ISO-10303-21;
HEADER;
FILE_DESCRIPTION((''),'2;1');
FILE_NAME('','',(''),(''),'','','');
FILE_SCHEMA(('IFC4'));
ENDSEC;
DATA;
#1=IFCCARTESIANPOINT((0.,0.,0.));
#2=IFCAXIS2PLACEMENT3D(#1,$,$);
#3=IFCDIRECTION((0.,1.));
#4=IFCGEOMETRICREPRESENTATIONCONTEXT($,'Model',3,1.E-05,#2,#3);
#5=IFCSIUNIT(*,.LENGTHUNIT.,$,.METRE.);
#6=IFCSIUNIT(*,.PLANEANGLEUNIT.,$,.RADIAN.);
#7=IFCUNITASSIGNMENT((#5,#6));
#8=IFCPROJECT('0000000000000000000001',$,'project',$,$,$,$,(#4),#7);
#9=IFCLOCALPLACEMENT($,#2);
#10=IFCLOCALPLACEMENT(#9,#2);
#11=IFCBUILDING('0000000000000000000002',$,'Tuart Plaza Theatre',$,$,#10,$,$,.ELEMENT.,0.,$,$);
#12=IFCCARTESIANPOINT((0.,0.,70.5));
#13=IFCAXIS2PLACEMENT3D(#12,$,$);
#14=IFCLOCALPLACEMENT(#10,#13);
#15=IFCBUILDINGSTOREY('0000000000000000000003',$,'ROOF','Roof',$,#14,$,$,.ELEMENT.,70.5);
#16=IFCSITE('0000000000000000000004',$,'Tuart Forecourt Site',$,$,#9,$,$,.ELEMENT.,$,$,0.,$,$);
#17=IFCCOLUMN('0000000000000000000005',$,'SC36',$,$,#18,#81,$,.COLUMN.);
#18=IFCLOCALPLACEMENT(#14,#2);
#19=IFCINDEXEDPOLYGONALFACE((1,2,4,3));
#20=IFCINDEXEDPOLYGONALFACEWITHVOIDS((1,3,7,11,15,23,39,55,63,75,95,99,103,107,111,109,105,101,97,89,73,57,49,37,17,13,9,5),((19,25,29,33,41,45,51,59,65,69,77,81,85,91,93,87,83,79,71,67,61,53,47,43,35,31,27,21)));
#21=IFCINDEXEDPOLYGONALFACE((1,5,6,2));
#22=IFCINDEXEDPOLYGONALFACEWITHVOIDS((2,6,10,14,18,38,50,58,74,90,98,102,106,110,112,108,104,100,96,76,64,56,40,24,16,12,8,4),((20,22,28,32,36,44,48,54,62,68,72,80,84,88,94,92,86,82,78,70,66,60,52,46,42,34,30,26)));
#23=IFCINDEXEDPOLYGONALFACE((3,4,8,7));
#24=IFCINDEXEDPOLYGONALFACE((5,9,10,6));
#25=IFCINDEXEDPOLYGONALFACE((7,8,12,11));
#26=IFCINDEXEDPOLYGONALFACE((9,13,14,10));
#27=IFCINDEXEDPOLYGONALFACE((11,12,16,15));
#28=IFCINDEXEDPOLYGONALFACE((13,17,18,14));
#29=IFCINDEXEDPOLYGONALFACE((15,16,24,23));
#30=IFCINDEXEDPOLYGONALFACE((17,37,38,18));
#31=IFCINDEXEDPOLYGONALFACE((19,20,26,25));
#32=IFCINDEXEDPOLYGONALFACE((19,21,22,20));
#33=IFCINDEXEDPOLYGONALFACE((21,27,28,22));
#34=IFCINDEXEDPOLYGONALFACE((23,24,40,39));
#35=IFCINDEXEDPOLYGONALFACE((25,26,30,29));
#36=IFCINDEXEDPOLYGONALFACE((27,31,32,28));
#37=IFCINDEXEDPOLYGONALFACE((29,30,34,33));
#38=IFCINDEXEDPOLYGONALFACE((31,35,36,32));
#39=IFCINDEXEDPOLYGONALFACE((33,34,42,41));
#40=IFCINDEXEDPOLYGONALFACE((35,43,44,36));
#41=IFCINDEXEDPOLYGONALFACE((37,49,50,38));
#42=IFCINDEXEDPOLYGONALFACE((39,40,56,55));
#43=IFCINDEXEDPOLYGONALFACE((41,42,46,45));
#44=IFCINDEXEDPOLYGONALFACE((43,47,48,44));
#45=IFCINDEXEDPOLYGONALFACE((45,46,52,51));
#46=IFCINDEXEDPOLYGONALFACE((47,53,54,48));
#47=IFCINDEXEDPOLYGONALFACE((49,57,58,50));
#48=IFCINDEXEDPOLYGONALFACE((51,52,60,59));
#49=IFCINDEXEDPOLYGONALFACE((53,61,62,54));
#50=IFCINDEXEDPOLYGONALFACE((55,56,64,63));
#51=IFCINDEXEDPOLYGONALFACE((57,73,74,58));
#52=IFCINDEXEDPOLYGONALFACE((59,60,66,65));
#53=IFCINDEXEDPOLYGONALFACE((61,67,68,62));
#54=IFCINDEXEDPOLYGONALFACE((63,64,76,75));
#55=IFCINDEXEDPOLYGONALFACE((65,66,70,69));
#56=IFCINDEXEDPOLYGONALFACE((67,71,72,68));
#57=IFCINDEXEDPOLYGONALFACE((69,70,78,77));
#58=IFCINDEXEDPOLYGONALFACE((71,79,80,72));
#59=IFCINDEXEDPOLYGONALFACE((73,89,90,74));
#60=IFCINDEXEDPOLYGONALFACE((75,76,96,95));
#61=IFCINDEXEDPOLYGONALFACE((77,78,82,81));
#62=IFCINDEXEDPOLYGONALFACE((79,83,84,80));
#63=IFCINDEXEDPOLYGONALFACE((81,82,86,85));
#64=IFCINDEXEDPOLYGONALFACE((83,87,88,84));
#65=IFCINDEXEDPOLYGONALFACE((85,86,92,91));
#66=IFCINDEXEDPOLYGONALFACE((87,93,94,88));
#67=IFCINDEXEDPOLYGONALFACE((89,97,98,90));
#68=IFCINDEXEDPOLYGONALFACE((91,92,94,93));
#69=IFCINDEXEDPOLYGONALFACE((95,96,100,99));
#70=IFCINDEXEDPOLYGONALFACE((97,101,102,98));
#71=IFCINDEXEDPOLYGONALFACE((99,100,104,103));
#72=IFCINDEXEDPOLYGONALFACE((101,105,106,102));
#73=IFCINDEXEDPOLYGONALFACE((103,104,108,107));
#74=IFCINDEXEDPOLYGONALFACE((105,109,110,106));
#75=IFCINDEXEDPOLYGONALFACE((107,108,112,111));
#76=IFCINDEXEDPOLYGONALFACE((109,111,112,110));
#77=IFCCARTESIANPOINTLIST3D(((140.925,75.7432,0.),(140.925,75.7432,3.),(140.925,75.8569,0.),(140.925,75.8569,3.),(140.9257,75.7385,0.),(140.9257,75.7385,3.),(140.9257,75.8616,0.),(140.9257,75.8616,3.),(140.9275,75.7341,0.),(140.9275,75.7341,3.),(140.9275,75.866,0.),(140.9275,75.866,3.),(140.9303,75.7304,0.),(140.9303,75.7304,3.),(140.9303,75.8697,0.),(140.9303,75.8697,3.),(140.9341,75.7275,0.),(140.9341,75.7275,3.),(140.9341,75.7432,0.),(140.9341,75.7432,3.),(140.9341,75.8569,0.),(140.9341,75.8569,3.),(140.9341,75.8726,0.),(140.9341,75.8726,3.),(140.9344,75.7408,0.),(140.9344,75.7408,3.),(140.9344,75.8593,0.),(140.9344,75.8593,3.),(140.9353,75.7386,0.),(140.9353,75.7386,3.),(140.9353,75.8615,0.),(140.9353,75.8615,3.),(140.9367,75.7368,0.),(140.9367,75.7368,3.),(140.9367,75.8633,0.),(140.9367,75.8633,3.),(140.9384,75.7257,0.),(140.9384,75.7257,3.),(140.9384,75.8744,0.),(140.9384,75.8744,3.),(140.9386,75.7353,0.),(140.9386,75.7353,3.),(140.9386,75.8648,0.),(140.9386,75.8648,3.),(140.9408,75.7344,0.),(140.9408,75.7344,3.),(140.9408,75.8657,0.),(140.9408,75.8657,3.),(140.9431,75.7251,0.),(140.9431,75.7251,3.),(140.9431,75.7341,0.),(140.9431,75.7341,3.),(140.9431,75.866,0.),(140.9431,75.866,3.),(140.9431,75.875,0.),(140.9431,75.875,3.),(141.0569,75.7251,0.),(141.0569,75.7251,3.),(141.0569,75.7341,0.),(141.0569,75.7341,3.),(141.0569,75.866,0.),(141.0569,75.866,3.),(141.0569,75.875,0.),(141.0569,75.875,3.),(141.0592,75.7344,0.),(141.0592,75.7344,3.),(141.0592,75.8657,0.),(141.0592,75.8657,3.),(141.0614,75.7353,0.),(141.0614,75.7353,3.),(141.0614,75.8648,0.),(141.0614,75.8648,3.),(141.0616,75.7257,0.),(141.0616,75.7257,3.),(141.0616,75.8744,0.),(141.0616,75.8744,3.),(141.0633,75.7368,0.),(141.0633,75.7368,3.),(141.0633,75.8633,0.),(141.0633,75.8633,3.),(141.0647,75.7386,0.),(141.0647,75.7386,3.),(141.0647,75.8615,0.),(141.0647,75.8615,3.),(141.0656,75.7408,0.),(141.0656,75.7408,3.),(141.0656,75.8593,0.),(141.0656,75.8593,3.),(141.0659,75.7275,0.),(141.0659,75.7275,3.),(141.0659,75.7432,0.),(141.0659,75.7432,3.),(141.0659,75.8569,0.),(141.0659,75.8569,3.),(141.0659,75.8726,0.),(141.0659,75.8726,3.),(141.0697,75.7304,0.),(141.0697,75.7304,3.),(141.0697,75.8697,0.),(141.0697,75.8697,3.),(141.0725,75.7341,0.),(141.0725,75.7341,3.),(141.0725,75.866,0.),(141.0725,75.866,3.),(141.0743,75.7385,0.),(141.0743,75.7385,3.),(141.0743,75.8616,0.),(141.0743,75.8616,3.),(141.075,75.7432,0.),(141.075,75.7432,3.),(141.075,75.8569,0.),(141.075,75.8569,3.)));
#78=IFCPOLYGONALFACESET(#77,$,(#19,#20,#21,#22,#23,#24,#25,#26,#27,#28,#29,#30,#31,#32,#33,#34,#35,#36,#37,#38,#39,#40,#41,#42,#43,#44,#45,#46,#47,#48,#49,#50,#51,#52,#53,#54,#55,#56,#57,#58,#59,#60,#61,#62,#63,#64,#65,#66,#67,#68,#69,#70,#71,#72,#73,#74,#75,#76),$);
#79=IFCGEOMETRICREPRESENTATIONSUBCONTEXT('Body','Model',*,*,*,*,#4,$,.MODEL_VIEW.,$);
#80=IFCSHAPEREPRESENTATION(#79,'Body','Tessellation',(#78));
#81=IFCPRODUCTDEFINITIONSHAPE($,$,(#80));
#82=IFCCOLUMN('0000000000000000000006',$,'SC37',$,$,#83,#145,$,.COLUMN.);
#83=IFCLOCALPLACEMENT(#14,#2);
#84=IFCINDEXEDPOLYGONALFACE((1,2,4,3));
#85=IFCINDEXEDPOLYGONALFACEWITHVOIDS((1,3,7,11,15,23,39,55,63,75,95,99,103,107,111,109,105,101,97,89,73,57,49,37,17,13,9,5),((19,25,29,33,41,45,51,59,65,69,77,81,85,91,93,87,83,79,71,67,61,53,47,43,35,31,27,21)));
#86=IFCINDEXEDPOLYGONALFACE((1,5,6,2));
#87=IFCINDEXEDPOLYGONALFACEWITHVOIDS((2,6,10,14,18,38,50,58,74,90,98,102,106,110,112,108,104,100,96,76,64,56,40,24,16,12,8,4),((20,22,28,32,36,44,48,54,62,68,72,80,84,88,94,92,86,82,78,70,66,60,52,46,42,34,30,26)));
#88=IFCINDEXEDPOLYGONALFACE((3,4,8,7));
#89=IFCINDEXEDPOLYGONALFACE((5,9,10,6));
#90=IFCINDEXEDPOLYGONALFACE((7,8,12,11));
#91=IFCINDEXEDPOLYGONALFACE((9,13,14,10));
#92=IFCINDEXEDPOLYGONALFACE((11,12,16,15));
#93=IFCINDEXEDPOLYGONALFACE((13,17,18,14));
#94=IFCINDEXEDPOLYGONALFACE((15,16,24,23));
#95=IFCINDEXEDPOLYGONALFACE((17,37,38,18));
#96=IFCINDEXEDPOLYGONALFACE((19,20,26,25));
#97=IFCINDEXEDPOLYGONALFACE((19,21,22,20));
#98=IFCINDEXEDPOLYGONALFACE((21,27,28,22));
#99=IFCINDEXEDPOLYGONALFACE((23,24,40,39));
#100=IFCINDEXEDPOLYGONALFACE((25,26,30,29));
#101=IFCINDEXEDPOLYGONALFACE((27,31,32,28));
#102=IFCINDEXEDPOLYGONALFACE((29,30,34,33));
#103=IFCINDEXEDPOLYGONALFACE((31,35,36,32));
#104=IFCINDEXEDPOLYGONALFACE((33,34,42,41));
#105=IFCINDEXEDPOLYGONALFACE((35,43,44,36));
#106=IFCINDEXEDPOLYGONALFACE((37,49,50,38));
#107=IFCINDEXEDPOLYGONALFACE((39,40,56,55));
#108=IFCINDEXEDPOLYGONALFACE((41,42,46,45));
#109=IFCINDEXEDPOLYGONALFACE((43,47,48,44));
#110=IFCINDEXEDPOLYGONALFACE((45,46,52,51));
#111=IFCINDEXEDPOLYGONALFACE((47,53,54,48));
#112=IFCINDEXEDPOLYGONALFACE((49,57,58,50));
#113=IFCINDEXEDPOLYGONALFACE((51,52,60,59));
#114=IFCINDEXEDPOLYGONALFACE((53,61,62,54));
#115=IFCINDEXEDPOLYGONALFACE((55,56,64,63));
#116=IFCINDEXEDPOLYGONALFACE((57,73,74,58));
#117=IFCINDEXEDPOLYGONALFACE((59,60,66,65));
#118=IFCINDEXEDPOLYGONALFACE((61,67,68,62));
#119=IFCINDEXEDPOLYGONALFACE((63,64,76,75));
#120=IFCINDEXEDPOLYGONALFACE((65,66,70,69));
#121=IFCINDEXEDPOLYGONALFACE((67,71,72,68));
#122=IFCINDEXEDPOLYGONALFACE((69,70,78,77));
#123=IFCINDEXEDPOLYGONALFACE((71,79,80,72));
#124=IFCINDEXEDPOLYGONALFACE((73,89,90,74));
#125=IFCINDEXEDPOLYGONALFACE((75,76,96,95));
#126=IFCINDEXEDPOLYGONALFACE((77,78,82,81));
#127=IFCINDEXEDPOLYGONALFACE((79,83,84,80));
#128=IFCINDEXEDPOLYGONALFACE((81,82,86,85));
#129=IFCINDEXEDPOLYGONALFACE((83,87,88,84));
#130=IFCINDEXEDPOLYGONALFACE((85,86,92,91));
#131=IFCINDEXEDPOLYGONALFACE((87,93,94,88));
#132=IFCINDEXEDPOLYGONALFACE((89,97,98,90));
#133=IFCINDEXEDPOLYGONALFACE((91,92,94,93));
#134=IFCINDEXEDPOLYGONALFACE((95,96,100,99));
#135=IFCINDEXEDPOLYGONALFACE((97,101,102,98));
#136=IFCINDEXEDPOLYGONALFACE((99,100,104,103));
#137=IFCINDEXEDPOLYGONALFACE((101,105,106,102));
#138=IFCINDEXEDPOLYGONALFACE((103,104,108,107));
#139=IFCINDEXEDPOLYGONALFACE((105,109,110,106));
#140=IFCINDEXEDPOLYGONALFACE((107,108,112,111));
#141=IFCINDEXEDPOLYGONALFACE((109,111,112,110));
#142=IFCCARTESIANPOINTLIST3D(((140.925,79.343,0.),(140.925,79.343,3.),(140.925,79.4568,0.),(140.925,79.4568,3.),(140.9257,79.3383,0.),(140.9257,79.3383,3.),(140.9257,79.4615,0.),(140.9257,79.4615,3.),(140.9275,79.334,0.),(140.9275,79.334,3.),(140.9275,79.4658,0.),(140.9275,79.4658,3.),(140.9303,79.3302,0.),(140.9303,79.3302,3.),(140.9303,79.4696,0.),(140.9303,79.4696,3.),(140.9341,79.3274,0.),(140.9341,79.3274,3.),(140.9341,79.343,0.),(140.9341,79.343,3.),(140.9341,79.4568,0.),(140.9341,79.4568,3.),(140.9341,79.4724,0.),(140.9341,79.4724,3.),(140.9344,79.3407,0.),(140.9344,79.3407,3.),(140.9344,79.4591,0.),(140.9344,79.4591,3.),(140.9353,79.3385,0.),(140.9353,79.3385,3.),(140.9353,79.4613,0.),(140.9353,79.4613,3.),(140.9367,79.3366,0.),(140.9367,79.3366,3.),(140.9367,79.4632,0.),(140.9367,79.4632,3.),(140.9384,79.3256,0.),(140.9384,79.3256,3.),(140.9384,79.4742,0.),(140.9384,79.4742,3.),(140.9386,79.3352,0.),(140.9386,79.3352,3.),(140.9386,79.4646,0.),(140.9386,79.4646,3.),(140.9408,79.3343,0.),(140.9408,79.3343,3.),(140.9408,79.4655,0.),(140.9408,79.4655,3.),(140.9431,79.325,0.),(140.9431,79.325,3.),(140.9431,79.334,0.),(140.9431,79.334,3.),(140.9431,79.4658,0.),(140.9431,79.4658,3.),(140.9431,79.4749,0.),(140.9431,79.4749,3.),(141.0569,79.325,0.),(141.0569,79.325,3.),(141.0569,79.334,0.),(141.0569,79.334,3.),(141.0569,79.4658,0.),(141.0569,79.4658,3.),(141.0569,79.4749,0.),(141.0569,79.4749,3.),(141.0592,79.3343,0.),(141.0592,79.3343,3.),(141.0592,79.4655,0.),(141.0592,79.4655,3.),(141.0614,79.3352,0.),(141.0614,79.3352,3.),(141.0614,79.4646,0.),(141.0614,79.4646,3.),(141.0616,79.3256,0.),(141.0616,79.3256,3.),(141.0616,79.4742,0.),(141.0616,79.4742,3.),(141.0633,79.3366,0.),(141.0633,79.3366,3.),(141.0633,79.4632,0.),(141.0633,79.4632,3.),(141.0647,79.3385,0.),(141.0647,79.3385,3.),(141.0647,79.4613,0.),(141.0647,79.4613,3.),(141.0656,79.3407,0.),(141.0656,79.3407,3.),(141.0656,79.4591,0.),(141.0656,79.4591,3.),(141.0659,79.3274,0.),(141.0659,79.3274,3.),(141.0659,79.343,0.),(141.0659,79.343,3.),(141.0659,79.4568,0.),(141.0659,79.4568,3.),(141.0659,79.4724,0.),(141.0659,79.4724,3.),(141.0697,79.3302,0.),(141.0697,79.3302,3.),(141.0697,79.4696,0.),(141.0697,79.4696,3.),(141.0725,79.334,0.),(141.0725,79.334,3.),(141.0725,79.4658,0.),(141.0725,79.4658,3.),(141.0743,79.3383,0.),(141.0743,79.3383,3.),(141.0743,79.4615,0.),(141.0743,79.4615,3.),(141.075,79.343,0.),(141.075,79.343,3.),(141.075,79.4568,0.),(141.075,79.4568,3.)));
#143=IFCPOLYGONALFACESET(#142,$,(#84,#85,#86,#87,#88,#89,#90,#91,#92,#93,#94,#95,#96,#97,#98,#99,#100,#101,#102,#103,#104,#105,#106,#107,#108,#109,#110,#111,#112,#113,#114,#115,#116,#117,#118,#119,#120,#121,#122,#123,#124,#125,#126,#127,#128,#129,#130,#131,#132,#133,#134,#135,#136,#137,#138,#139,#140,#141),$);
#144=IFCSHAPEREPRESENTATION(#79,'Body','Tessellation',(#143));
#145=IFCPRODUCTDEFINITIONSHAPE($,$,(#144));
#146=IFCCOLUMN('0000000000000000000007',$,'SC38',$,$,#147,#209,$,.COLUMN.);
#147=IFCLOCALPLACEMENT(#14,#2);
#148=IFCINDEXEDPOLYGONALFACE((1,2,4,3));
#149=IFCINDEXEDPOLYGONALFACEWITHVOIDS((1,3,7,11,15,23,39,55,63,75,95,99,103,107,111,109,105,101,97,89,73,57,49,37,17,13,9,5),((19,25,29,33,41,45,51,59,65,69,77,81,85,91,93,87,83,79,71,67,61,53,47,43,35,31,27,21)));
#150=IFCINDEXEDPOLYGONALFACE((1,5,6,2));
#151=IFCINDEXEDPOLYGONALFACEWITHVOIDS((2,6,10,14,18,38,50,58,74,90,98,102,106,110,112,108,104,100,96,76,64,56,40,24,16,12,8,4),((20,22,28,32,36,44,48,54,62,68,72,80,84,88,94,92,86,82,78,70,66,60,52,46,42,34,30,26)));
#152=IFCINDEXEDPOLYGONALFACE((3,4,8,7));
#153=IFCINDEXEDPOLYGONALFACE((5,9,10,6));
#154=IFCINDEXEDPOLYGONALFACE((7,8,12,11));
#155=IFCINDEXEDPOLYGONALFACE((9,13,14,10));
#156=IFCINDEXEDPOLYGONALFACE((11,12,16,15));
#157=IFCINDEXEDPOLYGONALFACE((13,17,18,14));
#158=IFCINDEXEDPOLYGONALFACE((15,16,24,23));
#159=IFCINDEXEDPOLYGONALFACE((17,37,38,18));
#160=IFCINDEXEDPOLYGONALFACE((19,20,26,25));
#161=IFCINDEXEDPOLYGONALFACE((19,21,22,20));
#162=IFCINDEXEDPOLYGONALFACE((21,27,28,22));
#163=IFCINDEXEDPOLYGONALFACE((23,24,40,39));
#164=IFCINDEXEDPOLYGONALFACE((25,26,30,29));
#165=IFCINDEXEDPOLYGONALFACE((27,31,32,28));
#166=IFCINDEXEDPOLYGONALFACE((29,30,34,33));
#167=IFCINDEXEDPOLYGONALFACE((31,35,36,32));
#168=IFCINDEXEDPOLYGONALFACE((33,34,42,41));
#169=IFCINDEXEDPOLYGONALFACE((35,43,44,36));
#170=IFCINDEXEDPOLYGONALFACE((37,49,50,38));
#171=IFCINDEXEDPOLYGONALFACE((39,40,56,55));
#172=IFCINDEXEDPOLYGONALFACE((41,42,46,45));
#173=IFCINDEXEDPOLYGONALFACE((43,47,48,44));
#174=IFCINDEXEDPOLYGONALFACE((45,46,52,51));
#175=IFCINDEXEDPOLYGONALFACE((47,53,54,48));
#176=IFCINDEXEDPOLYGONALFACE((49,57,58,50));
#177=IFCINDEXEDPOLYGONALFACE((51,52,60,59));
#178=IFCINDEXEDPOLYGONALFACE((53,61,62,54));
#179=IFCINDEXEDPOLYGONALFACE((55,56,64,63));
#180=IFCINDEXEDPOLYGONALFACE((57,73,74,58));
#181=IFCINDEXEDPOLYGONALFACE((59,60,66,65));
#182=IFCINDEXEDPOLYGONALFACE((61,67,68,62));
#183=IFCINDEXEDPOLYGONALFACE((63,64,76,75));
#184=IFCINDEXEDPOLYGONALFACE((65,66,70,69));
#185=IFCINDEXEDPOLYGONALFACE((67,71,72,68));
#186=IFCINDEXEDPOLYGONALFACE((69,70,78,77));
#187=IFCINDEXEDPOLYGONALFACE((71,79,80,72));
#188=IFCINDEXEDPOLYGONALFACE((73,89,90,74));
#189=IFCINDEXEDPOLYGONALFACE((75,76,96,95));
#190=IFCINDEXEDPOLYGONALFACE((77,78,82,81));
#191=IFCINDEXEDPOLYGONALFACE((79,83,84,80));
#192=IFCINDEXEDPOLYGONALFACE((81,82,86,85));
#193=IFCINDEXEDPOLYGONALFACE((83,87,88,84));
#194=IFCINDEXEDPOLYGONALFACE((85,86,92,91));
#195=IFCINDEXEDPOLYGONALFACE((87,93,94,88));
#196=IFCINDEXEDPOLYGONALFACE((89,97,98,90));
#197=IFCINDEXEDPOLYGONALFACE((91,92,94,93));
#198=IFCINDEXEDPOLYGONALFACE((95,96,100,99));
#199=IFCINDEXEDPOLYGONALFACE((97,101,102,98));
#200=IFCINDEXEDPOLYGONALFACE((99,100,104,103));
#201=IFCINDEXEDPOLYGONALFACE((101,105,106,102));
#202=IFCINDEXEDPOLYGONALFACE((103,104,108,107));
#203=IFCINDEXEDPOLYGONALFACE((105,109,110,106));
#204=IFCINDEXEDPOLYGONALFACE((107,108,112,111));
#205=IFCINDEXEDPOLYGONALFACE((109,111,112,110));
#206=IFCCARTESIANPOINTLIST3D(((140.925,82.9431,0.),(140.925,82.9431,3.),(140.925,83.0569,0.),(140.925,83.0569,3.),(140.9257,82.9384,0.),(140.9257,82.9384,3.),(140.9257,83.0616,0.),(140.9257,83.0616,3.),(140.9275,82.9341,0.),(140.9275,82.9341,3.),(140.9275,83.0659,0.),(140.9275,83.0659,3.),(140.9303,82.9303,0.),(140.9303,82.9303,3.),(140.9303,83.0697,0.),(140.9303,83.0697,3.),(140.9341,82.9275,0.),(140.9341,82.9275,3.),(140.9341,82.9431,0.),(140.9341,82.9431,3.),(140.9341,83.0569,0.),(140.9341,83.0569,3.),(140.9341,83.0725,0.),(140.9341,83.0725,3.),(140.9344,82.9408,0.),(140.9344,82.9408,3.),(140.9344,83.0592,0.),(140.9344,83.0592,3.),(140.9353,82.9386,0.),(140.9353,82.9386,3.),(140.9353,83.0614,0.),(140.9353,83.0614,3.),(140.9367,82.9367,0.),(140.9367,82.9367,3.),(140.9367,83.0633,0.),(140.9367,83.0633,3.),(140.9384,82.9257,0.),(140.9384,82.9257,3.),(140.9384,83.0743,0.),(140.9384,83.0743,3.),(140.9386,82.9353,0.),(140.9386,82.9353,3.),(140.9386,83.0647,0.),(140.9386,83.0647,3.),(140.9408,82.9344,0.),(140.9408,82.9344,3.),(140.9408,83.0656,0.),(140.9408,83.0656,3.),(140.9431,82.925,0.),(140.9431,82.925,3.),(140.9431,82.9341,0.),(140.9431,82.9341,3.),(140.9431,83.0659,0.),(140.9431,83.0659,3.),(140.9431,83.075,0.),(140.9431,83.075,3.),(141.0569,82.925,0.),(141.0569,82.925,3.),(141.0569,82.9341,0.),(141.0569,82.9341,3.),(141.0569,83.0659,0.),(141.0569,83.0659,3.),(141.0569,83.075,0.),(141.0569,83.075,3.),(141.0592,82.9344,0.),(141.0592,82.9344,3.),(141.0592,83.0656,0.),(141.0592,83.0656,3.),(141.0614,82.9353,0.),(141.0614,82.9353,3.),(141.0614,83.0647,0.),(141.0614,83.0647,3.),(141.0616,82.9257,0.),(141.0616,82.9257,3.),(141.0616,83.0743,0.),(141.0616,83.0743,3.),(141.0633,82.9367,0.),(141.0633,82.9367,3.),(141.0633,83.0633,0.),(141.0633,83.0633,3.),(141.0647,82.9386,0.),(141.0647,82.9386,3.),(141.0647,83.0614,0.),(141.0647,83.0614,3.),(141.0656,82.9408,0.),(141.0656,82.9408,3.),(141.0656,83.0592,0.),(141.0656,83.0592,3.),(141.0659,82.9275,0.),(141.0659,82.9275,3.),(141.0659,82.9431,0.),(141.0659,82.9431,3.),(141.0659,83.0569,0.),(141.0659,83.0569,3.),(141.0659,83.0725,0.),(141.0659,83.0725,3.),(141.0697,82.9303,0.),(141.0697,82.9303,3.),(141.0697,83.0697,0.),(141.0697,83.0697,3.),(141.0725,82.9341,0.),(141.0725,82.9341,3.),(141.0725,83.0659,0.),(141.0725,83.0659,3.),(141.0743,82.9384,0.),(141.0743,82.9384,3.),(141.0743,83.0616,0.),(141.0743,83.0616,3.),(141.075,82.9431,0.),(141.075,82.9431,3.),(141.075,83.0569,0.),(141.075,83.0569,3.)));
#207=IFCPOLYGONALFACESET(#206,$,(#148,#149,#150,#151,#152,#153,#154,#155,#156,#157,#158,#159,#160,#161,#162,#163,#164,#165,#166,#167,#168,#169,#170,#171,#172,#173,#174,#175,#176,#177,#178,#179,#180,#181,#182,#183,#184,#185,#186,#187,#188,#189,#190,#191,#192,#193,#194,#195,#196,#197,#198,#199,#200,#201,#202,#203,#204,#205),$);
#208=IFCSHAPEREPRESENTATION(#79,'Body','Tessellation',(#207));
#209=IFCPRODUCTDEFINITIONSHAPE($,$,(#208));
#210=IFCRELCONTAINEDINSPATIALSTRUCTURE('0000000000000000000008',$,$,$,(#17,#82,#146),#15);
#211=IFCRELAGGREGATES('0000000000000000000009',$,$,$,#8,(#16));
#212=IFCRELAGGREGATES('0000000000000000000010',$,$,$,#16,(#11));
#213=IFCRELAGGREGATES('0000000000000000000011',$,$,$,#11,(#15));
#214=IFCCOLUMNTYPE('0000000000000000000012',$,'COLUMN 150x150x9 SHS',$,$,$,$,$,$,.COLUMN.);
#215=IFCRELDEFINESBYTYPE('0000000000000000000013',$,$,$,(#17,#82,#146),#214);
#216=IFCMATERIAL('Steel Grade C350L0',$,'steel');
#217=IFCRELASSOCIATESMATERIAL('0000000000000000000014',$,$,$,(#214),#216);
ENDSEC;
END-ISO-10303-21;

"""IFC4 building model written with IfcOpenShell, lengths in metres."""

from ifc_helpers import new_model, si_unit, direction, frame, origin, origin_2d, place, context, subcontext, project, spatial, hollow_rectangle, extrude, material, material_profile, profile_set, type_object, element, save


model = new_model("IFC4")

# Units and contexts
model_context = context("Model", 3, precision=1e-05, world=origin(), true_north=direction((0.0, 1.0)))
body_context = subcontext(model_context, "Body", "Model", "MODEL_VIEW")
ifc_project = project(units=[si_unit("LENGTHUNIT", "METRE"), si_unit("PLANEANGLEUNIT", "RADIAN")], contexts=[model_context])

# Site, building, storey
site_placement = place(None, origin())
site = spatial("IfcSite", under=ifc_project, at=site_placement, Name="Tuart Forecourt Site", CompositionType="ELEMENT", RefElevation=0.0)
building_placement = place(site_placement, origin())
building = spatial("IfcBuilding", under=site, at=building_placement, Name="Tuart Plaza Theatre", CompositionType="ELEMENT", ElevationOfRefHeight=0.0)
storey_placement = place(building_placement, frame((0.0, 0.0, 70.5)))
storey = spatial("IfcBuildingStorey", under=building, at=storey_placement, Name="ROOF", Description="Roof", CompositionType="ELEMENT", Elevation=70.5)

# Columns
ifc_material_1 = material(Name="Steel Grade C350L0", Category="steel")
ifc_material_profile_1 = material_profile(ifc_material_1, hollow_rectangle(XDim=0.1499, YDim=0.1499, WallThickness=0.009, InnerFilletRadius=0.009, OuterFilletRadius=0.0181, at=origin_2d()), Name="150x150x9 SHS")
ifc_profile_set_1 = profile_set([ifc_material_profile_1], Name="Steel Grade C350L0")
column_type = type_object("IfcColumnType", Name="COLUMN 150x150x9 SHS", PredefinedType="COLUMN", material=ifc_profile_set_1)
for number, where, z_axis, x_axis, name in (
    (1, (141.0, 75.8, 0.0), (0.0, 0.0, 1.0), (1.0, 0.0, 0.0), "SC36"),
    (2, (141.0, 79.3999, 0.0), (0.0, 0.0, 1.0), (1.0, 0.0, 0.0), "SC37"),
    (3, (141.0, 83.0, 0.0), (0.0, 0.0, 1.0), (1.0, 0.0, 0.0), "SC38"),
):
    element("IfcColumn", number, at=place(storey_placement, frame(where, z_axis=z_axis, x_axis=x_axis)), inside=storey, type_object=column_type, Name=name, PredefinedType="COLUMN", context=body_context, shape_type="SweptSolid", body=[
        extrude(hollow_rectangle(XDim=0.1499, YDim=0.1499, WallThickness=0.009, InnerFilletRadius=0.009, OuterFilletRadius=0.0181, at=origin_2d()), origin(), (0.0, 0.0, 1.0), 3.0),
    ])

save(model, "model.ifc")
